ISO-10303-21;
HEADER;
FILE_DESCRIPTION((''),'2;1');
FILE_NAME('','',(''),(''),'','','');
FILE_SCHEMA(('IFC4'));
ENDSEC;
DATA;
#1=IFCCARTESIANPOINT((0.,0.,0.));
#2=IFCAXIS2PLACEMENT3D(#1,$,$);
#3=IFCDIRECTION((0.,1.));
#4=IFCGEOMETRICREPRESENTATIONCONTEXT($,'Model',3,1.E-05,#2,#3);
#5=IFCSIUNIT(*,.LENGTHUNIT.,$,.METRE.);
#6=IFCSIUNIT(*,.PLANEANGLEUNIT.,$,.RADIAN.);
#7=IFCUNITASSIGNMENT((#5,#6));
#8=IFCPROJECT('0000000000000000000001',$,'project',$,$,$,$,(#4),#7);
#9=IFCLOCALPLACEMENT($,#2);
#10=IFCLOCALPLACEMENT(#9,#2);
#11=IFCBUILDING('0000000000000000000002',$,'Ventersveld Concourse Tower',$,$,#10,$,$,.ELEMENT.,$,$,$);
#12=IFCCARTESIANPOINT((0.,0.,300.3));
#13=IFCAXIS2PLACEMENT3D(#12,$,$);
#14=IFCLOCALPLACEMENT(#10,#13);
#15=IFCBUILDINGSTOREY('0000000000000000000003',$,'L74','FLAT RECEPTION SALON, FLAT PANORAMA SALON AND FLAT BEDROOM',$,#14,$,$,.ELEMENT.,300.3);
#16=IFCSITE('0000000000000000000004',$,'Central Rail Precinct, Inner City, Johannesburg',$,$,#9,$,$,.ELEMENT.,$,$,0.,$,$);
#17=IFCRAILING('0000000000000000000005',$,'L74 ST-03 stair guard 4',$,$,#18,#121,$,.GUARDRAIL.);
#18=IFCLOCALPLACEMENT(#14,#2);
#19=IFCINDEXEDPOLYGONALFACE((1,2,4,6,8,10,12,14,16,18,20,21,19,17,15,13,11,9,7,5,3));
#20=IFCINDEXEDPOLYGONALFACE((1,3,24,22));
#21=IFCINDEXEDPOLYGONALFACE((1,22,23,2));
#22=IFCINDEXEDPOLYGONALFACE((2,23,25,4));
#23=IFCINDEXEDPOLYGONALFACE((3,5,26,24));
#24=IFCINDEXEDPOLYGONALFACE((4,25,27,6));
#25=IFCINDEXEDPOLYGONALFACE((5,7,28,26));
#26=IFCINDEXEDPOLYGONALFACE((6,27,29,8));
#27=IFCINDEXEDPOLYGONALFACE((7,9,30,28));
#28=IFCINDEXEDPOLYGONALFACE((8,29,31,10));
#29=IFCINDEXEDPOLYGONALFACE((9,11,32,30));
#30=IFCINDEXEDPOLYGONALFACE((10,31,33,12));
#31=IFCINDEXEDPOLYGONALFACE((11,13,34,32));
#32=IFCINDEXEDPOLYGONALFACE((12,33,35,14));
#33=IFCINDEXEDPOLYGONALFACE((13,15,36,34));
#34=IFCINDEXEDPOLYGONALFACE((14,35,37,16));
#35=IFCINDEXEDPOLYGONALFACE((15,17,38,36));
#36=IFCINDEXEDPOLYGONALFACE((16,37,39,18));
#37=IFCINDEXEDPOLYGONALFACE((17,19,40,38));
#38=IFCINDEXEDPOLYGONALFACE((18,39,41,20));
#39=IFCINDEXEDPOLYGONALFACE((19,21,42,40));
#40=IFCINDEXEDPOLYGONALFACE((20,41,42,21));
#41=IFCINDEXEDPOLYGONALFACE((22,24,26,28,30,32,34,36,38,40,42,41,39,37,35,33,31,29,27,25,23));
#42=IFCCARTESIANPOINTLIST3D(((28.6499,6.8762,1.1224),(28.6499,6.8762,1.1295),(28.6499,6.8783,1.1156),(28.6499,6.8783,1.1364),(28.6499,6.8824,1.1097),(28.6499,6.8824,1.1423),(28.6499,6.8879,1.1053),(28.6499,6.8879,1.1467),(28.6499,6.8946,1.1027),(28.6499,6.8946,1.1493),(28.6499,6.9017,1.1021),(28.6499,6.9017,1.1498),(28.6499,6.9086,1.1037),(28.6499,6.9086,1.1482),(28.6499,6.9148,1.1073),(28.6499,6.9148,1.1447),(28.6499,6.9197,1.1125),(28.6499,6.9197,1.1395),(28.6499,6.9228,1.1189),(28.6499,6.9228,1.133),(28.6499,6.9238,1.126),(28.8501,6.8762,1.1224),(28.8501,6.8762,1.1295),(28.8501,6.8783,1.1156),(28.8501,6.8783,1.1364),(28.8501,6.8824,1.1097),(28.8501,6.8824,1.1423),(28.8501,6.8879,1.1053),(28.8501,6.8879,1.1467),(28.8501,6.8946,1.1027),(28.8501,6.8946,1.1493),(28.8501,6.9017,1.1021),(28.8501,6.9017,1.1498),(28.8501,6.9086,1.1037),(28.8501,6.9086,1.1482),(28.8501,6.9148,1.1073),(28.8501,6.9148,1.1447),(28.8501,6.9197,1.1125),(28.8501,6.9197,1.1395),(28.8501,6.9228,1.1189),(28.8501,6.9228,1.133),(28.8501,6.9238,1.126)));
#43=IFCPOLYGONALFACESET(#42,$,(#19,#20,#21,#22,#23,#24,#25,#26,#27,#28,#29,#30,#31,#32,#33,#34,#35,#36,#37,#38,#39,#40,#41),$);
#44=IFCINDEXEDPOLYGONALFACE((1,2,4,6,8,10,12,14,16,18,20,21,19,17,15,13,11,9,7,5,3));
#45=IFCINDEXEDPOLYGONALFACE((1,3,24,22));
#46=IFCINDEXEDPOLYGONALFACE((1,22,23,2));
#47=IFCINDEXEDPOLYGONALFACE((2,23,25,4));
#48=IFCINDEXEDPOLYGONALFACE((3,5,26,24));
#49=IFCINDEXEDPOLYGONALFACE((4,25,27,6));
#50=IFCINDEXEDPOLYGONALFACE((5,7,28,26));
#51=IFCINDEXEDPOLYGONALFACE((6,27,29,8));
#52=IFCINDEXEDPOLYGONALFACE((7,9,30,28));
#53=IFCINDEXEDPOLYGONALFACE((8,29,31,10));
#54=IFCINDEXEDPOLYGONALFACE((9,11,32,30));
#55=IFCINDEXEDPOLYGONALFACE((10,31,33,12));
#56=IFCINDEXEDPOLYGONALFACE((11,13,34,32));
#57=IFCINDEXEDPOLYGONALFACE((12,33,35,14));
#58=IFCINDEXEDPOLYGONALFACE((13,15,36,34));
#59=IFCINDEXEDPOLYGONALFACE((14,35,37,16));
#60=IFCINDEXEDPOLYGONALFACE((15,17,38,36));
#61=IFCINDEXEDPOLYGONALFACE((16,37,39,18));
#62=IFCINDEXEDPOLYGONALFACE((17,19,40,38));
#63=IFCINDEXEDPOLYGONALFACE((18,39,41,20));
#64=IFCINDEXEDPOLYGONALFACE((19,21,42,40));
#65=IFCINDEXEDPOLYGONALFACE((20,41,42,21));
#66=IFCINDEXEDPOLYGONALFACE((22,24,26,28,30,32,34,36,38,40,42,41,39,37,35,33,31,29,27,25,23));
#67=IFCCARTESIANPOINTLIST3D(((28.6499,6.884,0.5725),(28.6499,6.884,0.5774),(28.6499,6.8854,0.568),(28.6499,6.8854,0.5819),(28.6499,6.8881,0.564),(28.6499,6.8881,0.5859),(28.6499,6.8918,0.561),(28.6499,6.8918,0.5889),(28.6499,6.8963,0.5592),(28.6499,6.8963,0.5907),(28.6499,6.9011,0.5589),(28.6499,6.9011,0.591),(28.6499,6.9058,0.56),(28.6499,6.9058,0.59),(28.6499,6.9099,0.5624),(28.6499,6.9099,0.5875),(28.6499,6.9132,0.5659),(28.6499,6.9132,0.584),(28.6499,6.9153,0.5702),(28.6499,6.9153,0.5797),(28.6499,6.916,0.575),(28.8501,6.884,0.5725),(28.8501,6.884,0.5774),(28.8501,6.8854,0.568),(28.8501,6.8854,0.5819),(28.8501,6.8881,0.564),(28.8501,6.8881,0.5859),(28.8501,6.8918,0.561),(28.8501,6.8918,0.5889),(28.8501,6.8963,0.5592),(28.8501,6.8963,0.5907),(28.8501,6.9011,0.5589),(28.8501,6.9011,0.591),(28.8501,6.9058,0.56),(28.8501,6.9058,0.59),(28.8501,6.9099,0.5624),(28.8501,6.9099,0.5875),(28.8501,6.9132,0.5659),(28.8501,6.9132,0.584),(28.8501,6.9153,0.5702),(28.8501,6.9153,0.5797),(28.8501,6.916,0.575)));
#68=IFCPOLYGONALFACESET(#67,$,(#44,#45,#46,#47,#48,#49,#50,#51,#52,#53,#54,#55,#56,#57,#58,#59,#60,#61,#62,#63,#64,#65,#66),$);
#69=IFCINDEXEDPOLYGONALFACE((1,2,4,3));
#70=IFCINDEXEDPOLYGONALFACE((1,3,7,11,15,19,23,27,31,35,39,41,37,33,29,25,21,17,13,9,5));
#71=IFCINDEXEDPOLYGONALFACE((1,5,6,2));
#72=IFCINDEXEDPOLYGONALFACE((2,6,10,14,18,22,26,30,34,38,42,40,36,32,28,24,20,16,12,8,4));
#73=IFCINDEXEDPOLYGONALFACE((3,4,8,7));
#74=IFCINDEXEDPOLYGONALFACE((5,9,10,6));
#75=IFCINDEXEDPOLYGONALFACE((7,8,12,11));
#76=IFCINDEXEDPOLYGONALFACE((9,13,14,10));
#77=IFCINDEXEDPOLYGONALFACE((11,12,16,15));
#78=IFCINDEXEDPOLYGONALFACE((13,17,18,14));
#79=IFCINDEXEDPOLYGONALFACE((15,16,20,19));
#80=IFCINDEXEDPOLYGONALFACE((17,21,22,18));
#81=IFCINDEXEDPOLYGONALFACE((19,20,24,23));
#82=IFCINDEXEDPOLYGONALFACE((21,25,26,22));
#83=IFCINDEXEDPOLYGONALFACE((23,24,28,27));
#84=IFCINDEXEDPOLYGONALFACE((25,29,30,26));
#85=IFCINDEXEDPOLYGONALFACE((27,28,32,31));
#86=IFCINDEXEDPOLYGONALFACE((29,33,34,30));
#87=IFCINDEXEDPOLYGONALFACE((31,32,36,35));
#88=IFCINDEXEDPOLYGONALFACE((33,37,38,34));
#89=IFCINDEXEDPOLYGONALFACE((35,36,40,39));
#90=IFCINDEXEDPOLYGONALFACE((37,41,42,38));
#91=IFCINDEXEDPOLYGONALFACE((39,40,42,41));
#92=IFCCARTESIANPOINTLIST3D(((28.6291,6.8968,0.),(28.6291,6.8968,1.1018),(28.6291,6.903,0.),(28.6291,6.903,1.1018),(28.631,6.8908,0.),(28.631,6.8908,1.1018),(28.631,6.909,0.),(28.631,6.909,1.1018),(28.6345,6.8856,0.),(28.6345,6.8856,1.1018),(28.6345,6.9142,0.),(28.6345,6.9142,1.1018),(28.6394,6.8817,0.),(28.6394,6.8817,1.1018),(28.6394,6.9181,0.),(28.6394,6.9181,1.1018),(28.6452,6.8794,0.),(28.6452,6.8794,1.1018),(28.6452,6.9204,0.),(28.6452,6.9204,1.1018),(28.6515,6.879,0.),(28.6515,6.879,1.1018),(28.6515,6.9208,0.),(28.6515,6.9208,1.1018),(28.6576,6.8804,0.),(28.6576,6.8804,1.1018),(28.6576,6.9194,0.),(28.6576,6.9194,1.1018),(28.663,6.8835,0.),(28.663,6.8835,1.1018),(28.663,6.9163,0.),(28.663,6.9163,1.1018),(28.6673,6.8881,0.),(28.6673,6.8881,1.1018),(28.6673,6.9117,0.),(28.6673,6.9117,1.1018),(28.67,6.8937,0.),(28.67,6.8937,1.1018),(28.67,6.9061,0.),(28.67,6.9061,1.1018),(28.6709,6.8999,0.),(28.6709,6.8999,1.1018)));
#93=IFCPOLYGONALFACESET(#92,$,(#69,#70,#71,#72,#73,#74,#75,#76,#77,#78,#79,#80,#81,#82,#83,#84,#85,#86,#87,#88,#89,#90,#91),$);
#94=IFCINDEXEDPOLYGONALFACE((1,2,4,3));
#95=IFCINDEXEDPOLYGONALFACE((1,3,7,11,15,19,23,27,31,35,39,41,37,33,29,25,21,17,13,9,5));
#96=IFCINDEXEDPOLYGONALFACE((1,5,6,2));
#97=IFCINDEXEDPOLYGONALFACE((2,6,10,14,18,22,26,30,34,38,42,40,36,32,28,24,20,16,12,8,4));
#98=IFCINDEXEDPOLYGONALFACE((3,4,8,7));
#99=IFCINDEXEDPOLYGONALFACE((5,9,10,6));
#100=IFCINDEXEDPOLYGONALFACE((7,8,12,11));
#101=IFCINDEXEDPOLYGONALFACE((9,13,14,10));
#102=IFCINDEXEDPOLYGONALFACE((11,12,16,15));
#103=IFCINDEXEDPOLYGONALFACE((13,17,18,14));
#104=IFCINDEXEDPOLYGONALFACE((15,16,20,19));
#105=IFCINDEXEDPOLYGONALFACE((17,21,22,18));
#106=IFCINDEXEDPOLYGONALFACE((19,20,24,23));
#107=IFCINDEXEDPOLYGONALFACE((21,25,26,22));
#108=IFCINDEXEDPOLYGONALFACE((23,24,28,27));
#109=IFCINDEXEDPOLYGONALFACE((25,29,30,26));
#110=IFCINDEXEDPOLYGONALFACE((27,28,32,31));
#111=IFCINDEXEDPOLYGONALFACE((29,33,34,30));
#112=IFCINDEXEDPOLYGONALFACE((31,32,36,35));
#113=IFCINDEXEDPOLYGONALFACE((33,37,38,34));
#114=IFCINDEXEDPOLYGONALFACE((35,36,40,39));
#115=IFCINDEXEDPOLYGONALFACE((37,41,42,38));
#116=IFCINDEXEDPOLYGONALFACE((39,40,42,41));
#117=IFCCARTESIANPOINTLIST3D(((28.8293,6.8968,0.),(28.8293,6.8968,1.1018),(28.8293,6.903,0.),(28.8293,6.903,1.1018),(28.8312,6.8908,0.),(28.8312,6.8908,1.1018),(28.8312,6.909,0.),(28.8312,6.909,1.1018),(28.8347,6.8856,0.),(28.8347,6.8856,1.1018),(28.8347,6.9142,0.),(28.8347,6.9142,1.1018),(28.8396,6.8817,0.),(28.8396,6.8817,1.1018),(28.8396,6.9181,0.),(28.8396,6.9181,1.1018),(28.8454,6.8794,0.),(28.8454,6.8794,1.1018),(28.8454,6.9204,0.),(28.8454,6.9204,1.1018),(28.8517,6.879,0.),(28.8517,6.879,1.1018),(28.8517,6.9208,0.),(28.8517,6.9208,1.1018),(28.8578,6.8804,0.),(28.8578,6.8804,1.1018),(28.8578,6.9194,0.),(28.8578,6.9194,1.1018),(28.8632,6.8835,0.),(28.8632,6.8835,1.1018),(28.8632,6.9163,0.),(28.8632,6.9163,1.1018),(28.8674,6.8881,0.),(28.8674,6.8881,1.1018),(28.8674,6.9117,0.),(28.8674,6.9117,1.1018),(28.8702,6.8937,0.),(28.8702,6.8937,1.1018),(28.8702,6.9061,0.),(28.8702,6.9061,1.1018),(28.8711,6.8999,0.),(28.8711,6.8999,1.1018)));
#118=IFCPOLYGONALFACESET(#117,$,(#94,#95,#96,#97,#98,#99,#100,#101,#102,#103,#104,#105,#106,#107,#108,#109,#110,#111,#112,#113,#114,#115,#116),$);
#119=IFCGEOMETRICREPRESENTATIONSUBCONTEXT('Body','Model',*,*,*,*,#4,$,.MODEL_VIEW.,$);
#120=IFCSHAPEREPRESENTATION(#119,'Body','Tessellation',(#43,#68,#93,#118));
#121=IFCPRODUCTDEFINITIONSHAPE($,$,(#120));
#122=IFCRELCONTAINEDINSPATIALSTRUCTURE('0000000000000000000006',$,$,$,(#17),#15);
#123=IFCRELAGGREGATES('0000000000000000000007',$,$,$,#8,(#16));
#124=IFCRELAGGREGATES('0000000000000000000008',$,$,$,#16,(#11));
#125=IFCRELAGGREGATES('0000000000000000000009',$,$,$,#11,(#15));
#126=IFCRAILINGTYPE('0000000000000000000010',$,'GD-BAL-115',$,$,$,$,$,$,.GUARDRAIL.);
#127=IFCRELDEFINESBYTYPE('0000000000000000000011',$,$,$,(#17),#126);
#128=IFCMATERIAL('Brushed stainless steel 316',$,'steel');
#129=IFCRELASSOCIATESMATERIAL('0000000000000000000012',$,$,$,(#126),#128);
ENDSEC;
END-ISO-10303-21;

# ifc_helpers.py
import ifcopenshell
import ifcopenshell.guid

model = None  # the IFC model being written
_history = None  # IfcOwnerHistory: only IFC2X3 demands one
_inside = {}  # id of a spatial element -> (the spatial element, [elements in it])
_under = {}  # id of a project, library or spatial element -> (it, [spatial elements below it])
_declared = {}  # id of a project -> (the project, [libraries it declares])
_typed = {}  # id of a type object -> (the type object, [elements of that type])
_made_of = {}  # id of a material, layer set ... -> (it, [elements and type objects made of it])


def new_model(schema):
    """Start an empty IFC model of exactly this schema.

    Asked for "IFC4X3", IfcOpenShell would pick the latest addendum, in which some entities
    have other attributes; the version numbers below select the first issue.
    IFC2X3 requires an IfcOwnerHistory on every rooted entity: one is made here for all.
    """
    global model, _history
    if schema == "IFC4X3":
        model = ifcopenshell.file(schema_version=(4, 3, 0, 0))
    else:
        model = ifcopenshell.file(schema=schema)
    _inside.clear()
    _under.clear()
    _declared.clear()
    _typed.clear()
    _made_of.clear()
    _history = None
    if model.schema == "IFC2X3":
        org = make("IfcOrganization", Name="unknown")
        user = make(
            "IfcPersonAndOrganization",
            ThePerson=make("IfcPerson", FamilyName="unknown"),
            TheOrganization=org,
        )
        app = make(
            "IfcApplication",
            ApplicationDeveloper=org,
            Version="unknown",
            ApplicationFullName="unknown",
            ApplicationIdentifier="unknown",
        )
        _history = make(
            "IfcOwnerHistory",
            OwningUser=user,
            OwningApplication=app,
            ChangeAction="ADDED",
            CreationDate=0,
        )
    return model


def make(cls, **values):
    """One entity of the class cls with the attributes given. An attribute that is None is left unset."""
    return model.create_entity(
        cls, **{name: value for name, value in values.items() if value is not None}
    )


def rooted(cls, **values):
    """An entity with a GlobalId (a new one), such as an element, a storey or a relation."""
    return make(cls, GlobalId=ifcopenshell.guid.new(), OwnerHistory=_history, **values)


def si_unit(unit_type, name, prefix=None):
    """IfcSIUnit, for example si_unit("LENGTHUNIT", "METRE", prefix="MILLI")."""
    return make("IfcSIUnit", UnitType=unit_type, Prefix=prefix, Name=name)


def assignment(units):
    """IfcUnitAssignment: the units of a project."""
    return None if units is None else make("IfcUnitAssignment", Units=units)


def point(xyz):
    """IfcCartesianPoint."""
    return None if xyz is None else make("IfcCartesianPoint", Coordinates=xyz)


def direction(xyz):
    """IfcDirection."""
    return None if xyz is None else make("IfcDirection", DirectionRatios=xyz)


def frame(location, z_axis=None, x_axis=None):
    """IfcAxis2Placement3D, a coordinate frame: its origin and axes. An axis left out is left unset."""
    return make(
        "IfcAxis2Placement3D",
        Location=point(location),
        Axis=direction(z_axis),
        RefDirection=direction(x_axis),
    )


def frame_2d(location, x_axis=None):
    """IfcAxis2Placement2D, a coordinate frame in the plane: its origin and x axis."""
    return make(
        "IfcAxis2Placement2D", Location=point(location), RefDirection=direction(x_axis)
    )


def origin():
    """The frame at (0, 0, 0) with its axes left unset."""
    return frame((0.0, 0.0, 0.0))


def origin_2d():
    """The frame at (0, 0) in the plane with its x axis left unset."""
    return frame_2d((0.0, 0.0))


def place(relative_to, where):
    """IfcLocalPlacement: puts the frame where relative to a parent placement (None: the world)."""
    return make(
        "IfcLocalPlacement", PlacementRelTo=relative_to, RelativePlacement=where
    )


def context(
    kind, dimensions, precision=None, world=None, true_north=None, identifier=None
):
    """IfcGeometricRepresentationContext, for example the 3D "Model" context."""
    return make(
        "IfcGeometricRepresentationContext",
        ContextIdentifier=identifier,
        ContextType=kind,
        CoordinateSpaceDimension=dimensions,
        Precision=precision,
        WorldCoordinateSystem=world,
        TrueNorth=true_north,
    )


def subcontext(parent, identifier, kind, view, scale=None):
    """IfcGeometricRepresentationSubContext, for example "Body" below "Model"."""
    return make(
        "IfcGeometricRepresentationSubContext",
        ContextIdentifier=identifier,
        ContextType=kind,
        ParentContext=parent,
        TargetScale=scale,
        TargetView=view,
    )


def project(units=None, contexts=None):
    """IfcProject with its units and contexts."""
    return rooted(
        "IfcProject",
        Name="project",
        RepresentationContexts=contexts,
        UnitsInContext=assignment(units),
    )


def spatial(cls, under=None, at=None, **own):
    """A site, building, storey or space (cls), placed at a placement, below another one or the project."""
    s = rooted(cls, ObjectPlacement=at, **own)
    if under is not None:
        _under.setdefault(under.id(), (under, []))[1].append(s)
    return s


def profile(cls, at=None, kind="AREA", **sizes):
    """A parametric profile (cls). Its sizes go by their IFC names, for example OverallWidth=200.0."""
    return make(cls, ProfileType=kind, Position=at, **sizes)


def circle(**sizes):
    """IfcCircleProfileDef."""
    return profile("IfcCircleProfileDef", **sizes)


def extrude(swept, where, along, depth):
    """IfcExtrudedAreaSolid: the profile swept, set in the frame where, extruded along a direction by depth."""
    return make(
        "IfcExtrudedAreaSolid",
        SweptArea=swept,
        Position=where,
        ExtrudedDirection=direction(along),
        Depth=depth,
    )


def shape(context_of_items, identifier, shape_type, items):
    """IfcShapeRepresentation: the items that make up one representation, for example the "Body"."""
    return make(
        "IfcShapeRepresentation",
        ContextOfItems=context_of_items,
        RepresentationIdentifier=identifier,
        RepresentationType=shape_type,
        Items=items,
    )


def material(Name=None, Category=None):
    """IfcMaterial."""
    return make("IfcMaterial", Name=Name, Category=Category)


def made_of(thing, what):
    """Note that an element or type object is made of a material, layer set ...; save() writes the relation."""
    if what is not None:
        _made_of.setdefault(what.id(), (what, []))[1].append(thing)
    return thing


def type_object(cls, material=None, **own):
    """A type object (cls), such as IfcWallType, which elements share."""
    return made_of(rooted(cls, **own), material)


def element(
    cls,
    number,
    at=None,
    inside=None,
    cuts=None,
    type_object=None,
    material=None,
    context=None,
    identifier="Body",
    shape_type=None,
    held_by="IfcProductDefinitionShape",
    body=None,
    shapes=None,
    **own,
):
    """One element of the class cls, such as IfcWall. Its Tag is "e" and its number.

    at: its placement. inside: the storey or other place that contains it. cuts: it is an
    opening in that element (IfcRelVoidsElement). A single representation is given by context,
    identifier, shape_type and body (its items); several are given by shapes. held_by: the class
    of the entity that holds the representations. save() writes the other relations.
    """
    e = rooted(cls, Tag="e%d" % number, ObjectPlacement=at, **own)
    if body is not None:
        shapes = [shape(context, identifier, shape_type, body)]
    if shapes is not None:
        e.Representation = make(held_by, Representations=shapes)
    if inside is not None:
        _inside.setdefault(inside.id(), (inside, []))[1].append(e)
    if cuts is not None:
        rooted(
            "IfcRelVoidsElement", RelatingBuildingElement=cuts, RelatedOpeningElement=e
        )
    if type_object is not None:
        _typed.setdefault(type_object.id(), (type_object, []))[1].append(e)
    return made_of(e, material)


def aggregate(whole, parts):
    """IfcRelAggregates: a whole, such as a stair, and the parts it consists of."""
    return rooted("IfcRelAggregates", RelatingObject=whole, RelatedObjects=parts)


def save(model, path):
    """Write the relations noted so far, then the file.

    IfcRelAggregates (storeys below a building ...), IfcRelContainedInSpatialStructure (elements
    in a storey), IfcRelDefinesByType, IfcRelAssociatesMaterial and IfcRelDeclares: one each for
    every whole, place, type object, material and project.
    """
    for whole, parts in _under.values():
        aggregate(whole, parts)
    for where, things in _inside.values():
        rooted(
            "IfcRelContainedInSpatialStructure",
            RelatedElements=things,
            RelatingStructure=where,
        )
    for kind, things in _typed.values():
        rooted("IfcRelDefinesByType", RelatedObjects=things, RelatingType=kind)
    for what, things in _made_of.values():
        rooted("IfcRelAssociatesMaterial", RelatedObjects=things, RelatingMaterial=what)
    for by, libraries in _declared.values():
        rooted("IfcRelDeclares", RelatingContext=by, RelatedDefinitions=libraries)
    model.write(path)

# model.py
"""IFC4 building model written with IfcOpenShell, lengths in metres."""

from ifc_helpers import new_model, si_unit, direction, frame, origin, origin_2d, place, context, subcontext, project, spatial, circle, extrude, material, type_object, element, save


model = new_model("IFC4")

# Units and contexts
model_context = context("Model", 3, precision=1e-05, world=origin(), true_north=direction((0.0, 1.0)))
body_context = subcontext(model_context, "Body", "Model", "MODEL_VIEW")
ifc_project = project(units=[si_unit("LENGTHUNIT", "METRE"), si_unit("PLANEANGLEUNIT", "RADIAN")], contexts=[model_context])

# Site, building, storey
site_placement = place(None, origin())
site = spatial("IfcSite", under=ifc_project, at=site_placement, Name="Central Rail Precinct, Inner City, Johannesburg", CompositionType="ELEMENT", RefElevation=0.0)
building_placement = place(site_placement, origin())
building = spatial("IfcBuilding", under=site, at=building_placement, Name="Ventersveld Concourse Tower", CompositionType="ELEMENT")
storey_placement = place(building_placement, frame((0.0, 0.0, 300.3)))
storey = spatial("IfcBuildingStorey", under=building, at=storey_placement, Name="L74", Description="FLAT RECEPTION SALON, FLAT PANORAMA SALON AND FLAT BEDROOM", CompositionType="ELEMENT", Elevation=300.3)

# Shared definitions
ifc_material_1 = material(Name="Brushed stainless steel 316", Category="steel")

# Railing
railing_type_1 = type_object("IfcRailingType", Name="GD-BAL-115", PredefinedType="GUARDRAIL", material=ifc_material_1)
railing_1_placement = place(storey_placement, frame((28.6499, 6.8999, 0.0)))
element("IfcRailing", 1, at=railing_1_placement, inside=storey, type_object=railing_type_1, Name="L74 ST-03 stair guard 4", PredefinedType="GUARDRAIL", context=body_context, shape_type="SweptSolid", body=[
    extrude(circle(Radius=0.0239, at=origin_2d()), frame((0.0, 0.0, 1.126), z_axis=(1.0, 0.0, 0.0), x_axis=(0.0, 1.0, 0.0)), (0.0, 0.0, 1.0), 0.2002),
    extrude(circle(Radius=0.0161, at=origin_2d()), frame((0.0, 0.0, 0.575), z_axis=(1.0, 0.0, 0.0), x_axis=(0.0, 1.0, 0.0)), (0.0, 0.0, 1.0), 0.2002),
    extrude(circle(Radius=0.021, at=origin_2d()), origin(), (0.0, 0.0, 1.0), 1.1018),
    extrude(circle(Radius=0.021, at=origin_2d()), frame((0.2002, 0.0, 0.0)), (0.0, 0.0, 1.0), 1.1018),
])

save(model, "model.ifc")
